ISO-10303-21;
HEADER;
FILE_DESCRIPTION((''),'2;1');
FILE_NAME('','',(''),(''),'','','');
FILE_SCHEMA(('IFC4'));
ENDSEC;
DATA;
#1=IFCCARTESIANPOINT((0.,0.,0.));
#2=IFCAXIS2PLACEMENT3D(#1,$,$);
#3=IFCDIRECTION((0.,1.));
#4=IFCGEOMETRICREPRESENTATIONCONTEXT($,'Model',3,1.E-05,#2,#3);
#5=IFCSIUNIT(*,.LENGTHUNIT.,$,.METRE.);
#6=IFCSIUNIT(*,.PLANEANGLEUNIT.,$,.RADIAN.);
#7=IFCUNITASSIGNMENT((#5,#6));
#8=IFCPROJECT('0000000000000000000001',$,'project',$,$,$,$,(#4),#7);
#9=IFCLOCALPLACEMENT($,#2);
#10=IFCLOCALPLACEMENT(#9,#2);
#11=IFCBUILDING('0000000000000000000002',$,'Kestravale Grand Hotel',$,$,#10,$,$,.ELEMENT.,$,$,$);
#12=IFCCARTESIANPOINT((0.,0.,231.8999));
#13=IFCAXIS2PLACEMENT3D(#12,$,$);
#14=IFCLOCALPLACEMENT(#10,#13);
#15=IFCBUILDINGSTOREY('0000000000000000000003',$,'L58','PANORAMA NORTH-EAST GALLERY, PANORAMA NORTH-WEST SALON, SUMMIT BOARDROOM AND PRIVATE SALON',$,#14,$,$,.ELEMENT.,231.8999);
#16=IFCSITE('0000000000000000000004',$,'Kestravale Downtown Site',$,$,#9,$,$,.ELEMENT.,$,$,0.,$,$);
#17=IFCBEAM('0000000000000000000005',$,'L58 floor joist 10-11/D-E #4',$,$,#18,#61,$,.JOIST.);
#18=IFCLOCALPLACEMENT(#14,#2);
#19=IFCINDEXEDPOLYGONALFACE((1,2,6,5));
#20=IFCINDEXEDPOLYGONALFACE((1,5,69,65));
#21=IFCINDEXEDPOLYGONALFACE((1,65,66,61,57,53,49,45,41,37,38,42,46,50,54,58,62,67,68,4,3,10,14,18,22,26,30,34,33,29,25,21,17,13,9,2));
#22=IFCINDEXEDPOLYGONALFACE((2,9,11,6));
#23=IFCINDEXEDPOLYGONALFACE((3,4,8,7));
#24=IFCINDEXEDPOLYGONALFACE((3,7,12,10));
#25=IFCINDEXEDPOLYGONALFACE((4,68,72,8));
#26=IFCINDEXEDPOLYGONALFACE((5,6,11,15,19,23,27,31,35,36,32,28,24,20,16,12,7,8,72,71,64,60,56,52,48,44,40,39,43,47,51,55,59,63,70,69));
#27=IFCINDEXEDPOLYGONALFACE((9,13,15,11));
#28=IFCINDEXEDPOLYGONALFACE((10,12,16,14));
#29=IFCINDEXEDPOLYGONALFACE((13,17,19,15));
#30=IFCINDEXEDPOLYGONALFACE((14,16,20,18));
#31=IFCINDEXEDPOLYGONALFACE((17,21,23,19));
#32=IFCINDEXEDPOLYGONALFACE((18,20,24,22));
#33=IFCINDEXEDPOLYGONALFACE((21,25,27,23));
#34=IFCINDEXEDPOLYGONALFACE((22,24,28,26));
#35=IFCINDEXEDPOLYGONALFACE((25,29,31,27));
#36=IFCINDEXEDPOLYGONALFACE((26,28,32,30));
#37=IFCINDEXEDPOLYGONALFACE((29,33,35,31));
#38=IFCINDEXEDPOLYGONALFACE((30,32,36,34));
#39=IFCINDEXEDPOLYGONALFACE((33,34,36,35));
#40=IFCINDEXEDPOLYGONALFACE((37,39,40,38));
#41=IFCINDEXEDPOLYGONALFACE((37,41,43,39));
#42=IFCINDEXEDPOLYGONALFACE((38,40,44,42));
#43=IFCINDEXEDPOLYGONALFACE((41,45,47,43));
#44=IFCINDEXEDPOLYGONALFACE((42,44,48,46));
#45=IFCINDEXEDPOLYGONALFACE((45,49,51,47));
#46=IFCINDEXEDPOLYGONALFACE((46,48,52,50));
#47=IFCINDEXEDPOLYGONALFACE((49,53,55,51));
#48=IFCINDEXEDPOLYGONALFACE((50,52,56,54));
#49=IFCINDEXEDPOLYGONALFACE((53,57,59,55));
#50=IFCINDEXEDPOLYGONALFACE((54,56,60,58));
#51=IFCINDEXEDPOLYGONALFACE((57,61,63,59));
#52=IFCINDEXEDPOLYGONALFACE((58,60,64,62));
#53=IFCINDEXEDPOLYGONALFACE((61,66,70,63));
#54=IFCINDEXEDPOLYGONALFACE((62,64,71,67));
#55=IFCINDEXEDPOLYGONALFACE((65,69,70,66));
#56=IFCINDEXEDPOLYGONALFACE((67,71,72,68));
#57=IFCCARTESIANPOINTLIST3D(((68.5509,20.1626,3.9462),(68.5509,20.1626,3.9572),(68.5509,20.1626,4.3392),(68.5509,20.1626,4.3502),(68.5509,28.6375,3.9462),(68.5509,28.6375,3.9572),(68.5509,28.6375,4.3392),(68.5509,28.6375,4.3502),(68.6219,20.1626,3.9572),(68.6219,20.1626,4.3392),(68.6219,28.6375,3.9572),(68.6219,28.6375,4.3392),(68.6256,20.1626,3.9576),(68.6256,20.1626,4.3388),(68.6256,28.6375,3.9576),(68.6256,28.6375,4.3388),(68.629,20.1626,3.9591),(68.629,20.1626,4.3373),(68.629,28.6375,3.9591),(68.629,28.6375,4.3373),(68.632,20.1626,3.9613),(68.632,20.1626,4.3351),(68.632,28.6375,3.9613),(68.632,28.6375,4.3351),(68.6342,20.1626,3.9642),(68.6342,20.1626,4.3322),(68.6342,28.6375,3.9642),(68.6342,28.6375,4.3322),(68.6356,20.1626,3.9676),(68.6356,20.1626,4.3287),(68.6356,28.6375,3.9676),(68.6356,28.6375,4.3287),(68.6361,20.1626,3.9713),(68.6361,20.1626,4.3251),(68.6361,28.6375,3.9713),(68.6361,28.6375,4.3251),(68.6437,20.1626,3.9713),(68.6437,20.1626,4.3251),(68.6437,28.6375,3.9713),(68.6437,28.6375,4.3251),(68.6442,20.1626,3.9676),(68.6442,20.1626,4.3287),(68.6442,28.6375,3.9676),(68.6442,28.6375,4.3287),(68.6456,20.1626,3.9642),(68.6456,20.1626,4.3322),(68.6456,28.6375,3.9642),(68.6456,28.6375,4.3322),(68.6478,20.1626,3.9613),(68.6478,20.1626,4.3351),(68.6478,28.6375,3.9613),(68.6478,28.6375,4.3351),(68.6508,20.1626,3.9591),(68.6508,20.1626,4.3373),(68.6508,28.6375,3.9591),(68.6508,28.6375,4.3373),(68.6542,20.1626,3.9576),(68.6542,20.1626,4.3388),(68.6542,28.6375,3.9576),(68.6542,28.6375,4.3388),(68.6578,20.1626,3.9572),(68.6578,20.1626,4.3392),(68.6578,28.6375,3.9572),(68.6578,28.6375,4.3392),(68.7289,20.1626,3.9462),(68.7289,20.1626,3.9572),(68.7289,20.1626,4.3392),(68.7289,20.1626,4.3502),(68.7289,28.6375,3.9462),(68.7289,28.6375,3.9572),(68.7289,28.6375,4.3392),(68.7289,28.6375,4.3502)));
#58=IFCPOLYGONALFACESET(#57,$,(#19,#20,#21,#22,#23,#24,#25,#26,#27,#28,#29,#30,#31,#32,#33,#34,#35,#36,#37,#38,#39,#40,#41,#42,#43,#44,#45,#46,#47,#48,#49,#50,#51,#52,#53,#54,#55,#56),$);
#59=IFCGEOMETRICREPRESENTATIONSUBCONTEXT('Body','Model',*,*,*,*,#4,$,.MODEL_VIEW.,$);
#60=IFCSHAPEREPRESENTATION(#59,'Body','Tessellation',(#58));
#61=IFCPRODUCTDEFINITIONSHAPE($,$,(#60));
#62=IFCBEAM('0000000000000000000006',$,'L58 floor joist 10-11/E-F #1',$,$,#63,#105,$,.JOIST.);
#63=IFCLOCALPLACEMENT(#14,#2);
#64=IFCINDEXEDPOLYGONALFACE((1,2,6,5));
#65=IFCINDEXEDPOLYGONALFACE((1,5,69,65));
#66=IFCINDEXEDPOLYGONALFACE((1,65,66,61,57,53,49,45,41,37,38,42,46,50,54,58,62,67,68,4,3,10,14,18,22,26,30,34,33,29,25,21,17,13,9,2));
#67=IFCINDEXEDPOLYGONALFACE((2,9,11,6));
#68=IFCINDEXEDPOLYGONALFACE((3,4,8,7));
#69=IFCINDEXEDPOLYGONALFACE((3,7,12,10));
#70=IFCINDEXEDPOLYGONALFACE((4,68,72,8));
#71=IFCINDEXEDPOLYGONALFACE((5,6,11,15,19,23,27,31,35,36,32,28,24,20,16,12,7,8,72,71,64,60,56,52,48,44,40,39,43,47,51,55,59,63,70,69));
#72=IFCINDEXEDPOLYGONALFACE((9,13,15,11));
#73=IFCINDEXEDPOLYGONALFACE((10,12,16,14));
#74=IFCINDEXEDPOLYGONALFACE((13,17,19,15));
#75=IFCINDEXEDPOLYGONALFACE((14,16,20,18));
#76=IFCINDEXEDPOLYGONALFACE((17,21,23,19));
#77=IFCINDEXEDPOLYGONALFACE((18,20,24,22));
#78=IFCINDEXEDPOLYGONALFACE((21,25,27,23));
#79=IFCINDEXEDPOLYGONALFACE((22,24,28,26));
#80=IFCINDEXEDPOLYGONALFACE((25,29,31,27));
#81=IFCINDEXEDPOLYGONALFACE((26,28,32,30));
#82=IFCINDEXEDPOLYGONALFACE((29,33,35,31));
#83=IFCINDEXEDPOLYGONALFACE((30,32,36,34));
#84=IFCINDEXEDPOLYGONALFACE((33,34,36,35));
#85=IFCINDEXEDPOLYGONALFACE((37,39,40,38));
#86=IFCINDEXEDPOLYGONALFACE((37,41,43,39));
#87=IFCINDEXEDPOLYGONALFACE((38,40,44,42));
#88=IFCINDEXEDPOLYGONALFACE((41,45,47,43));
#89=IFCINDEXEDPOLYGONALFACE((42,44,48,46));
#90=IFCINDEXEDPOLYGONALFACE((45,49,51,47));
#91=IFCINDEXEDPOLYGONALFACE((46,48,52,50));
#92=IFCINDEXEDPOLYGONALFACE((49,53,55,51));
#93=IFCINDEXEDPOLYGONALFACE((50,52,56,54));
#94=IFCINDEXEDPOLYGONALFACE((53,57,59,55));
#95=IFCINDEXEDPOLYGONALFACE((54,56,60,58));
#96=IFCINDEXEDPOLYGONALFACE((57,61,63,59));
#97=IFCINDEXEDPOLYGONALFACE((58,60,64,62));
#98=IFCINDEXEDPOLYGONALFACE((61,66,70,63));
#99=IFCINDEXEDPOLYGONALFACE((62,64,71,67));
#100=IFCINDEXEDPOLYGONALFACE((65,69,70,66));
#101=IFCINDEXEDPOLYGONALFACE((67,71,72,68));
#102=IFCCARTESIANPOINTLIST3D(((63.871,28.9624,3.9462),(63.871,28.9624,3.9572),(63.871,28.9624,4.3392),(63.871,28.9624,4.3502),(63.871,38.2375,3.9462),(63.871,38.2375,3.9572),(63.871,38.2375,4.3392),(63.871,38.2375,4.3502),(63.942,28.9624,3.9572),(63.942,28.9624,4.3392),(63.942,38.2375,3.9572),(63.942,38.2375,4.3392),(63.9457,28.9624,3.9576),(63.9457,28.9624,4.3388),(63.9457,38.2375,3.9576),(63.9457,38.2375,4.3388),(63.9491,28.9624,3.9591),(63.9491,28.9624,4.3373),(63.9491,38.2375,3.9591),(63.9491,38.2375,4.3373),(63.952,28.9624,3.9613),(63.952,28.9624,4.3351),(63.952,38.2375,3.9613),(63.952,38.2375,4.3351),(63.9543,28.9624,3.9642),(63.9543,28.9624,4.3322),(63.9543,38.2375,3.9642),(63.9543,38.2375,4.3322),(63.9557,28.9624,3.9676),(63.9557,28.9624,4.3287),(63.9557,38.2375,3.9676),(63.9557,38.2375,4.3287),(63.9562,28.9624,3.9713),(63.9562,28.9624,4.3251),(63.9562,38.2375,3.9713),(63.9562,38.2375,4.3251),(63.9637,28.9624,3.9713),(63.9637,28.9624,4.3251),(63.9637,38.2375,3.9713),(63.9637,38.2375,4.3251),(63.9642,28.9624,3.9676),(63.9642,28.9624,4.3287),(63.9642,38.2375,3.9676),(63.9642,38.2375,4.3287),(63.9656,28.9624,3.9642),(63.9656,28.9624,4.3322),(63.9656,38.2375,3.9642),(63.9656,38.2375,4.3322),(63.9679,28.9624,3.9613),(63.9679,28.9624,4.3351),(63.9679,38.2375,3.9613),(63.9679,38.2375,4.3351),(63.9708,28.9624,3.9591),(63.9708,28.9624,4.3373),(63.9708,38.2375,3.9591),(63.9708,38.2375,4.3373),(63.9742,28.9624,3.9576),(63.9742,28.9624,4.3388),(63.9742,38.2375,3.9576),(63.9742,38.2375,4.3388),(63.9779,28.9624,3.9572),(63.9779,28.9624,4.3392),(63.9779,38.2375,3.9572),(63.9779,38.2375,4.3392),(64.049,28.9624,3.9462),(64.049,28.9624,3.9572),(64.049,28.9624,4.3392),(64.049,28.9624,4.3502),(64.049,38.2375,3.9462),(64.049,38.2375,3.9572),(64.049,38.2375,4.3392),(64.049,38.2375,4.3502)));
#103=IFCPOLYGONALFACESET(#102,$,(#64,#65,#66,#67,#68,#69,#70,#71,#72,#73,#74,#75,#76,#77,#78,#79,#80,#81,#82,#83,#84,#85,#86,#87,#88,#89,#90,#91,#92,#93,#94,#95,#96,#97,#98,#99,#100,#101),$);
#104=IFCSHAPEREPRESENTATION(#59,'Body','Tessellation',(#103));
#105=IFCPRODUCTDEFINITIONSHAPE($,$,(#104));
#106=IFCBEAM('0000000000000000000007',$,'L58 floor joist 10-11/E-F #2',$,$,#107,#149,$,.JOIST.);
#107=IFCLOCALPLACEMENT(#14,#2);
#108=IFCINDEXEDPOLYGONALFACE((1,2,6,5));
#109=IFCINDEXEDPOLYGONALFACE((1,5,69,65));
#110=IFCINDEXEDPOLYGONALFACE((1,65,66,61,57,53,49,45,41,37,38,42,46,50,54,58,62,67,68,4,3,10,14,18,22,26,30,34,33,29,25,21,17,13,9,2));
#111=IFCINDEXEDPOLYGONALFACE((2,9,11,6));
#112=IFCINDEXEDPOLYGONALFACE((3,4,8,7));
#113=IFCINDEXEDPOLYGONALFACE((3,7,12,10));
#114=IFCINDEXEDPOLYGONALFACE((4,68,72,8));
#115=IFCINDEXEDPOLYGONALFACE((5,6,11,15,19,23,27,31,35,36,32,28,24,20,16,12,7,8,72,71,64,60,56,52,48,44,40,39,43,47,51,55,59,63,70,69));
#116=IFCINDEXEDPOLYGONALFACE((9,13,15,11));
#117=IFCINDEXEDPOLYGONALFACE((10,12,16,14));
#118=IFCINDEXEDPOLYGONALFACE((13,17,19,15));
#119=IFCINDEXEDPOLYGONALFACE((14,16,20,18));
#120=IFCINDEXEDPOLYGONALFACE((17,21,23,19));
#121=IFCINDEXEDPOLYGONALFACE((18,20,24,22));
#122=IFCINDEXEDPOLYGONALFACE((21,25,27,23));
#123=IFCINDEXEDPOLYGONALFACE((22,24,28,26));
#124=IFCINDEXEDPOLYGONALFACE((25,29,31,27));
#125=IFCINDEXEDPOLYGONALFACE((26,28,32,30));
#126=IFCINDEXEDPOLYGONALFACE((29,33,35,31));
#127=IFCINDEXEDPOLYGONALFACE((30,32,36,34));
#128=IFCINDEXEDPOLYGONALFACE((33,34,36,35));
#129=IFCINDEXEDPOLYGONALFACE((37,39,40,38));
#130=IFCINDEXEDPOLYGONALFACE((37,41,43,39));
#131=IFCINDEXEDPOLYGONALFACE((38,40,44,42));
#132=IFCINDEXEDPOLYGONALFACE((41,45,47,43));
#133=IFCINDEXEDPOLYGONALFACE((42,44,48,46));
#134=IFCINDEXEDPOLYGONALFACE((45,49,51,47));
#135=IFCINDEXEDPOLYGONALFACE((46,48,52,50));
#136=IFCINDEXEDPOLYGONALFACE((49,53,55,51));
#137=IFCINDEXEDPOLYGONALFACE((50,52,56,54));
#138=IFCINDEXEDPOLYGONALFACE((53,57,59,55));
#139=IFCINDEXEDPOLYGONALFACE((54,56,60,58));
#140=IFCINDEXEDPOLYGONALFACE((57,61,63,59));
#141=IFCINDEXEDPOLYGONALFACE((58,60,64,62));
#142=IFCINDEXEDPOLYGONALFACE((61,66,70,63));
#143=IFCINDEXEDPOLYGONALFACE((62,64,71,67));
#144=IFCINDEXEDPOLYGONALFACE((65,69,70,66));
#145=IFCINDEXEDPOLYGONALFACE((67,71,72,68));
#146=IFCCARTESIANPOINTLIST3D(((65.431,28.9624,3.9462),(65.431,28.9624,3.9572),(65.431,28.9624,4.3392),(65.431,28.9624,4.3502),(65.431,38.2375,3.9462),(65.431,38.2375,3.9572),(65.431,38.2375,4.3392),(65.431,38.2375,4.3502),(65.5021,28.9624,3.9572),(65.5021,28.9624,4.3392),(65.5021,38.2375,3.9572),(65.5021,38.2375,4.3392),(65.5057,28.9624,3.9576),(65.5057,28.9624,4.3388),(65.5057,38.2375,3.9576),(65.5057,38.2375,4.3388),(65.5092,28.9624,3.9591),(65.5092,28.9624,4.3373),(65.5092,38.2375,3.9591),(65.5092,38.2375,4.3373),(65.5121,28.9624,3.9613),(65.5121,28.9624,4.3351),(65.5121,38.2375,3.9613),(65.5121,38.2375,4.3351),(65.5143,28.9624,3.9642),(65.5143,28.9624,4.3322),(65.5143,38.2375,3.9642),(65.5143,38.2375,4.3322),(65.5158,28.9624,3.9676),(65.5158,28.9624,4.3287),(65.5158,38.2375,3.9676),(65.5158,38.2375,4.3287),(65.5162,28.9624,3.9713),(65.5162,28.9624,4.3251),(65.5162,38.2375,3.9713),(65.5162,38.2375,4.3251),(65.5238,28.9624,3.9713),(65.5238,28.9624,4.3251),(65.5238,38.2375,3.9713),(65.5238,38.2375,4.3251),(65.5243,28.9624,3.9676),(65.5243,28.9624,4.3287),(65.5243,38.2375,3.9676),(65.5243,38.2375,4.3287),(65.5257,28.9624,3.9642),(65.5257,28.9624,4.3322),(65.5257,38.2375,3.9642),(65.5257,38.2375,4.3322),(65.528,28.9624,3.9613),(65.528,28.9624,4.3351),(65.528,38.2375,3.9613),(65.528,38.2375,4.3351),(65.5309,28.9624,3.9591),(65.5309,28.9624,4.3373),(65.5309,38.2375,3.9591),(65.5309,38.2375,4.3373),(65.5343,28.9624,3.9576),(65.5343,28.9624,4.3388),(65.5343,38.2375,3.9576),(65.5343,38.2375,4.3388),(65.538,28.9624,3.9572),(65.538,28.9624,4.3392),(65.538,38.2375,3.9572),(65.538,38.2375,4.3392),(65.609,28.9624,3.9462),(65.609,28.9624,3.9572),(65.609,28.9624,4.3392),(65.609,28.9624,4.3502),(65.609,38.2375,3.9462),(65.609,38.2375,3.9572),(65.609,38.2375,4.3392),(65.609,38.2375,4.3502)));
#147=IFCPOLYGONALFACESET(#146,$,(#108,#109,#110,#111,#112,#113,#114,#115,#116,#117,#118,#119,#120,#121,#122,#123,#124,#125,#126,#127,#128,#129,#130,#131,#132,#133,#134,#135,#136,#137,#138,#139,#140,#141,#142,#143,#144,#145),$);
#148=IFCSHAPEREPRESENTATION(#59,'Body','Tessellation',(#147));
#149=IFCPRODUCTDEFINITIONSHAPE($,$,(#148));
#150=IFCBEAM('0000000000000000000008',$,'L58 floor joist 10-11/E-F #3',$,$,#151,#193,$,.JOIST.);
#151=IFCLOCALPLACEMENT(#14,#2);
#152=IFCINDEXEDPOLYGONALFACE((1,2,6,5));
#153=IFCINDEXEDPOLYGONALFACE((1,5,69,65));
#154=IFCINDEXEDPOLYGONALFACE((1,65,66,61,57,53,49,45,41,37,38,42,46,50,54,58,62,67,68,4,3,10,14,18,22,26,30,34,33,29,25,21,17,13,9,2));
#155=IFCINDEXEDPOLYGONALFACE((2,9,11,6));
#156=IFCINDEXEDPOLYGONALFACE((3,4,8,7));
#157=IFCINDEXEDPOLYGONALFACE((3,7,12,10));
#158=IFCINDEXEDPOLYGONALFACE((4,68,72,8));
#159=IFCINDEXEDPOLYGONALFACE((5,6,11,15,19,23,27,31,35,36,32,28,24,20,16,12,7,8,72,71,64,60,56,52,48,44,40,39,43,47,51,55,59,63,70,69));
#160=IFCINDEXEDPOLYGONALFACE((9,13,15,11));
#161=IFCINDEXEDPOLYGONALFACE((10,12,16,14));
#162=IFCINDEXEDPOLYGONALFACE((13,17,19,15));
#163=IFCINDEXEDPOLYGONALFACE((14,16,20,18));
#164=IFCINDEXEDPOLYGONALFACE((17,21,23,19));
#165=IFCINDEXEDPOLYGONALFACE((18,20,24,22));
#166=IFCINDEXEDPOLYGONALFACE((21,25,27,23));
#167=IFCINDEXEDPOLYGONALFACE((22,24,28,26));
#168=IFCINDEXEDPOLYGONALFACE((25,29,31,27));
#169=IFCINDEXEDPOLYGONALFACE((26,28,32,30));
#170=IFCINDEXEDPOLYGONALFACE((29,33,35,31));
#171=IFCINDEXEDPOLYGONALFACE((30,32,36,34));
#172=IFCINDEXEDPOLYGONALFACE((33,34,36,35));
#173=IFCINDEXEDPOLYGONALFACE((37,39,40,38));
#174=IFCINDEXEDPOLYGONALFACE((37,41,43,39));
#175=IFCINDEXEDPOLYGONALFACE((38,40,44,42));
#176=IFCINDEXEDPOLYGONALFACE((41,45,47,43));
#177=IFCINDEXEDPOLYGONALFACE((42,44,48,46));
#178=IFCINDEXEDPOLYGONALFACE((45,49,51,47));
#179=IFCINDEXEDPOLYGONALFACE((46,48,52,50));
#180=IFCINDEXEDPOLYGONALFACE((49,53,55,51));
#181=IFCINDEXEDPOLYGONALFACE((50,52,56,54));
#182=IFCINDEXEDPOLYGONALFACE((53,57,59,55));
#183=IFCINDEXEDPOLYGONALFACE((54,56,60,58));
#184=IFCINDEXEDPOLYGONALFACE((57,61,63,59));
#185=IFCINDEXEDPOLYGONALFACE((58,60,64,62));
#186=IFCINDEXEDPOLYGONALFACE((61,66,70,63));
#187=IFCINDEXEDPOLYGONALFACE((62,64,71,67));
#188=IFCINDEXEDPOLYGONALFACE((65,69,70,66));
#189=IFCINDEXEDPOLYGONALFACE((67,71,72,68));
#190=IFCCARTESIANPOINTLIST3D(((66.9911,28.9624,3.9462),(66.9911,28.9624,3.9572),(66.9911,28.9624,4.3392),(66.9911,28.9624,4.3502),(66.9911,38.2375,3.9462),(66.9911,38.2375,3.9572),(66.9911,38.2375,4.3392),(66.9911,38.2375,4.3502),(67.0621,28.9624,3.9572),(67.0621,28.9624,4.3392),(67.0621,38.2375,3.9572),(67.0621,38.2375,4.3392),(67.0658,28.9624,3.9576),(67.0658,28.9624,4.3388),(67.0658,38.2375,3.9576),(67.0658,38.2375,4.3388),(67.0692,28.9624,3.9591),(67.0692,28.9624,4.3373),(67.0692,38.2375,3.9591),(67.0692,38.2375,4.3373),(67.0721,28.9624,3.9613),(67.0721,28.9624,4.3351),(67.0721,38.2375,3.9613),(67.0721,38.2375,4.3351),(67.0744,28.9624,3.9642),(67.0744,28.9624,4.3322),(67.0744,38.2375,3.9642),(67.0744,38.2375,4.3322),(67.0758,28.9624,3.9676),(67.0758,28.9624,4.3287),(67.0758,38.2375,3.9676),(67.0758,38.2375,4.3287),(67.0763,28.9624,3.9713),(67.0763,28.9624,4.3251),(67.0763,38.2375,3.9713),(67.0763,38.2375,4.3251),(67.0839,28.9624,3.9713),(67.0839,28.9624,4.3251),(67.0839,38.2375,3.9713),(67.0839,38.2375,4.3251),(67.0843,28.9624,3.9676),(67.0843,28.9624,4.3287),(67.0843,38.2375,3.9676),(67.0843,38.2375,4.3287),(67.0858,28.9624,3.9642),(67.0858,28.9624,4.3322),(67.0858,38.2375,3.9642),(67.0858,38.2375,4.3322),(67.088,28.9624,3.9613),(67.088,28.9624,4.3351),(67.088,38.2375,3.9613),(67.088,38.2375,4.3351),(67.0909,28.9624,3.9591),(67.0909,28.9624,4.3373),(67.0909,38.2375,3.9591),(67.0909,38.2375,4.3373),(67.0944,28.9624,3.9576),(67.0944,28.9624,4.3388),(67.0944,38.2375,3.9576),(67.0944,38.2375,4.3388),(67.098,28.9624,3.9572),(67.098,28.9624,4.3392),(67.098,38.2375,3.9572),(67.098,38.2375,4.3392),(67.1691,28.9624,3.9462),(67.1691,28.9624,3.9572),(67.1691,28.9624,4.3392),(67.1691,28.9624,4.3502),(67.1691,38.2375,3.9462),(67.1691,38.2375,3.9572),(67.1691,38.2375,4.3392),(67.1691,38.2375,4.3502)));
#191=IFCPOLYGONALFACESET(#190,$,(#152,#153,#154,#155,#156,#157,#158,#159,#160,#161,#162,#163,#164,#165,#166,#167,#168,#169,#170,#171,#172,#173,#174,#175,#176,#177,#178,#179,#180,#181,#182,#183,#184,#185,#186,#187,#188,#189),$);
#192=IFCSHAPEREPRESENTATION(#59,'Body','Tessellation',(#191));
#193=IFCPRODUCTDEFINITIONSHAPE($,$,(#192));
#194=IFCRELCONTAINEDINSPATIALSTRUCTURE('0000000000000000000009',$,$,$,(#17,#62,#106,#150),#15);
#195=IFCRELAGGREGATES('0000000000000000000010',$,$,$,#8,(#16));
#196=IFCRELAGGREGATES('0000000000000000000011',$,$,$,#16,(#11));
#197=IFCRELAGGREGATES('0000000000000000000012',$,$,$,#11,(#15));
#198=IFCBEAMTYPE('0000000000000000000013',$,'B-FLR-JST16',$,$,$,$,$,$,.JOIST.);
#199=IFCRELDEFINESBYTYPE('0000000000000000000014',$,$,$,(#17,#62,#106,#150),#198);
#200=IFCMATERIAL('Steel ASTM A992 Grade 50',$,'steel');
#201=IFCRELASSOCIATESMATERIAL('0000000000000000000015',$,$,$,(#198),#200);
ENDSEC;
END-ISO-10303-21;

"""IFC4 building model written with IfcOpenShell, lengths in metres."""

from ifc_helpers import new_model, si_unit, direction, frame, origin, origin_2d, place, context, subcontext, project, spatial, i_section, extrude, material, material_profile, profile_set, type_object, element, save


model = new_model("IFC4")

# Units and contexts
model_context = context("Model", 3, precision=1e-05, world=origin(), true_north=direction((0.0, 1.0)))
body_context = subcontext(model_context, "Body", "Model", "MODEL_VIEW")
ifc_project = project(units=[si_unit("LENGTHUNIT", "METRE"), si_unit("PLANEANGLEUNIT", "RADIAN")], contexts=[model_context])

# Site, building, storey
site_placement = place(None, origin())
site = spatial("IfcSite", under=ifc_project, at=site_placement, Name="Kestravale Downtown Site", CompositionType="ELEMENT", RefElevation=0.0)
building_placement = place(site_placement, origin())
building = spatial("IfcBuilding", under=site, at=building_placement, Name="Kestravale Grand Hotel", CompositionType="ELEMENT")
storey_placement = place(building_placement, frame((0.0, 0.0, 231.8999)))
storey = spatial("IfcBuildingStorey", under=building, at=storey_placement, Name="L58", Description="PANORAMA NORTH-EAST GALLERY, PANORAMA NORTH-WEST SALON, SUMMIT BOARDROOM AND PRIVATE SALON", CompositionType="ELEMENT", Elevation=231.8999)

# Beams
ifc_material_1 = material(Name="Steel ASTM A992 Grade 50", Category="steel")
ifc_material_profile_1 = material_profile(ifc_material_1, i_section(OverallWidth=0.178, OverallDepth=0.4041, WebThickness=0.0076, FlangeThickness=0.011, FilletRadius=0.0142, at=origin_2d()))
ifc_profile_set_1 = profile_set([ifc_material_profile_1], Name="Steel ASTM A992 Grade 50")
beam_type_1 = type_object("IfcBeamType", Name="B-FLR-JST16", PredefinedType="JOIST", material=ifc_profile_set_1)
for number, where, z_axis, x_axis, name in (
    (1, (68.6399, 20.1626, 4.1482), (0.0, 1.0, 0.0), (-1.0, 0.0, 0.0), "L58 floor joist 10-11/D-E #4"),
):
    element("IfcBeam", number, at=place(storey_placement, frame(where, z_axis=z_axis, x_axis=x_axis)), inside=storey, type_object=beam_type_1, Name=name, PredefinedType="JOIST", context=body_context, shape_type="SweptSolid", body=[
        extrude(i_section(OverallWidth=0.178, OverallDepth=0.4041, WebThickness=0.0076, FlangeThickness=0.011, FilletRadius=0.0142, at=origin_2d()), origin(), (0.0, 0.0, 1.0), 8.4749),
    ])
for number, where, z_axis, x_axis, name in (
    (2, (63.96, 28.9624, 4.1482), (0.0, 1.0, 0.0), (-1.0, 0.0, 0.0), "L58 floor joist 10-11/E-F #1"),
    (3, (65.52, 28.9624, 4.1482), (0.0, 1.0, 0.0), (-1.0, 0.0, 0.0), "L58 floor joist 10-11/E-F #2"),
    (4, (67.0801, 28.9624, 4.1482), (0.0, 1.0, 0.0), (-1.0, 0.0, 0.0), "L58 floor joist 10-11/E-F #3"),
):
    element("IfcBeam", number, at=place(storey_placement, frame(where, z_axis=z_axis, x_axis=x_axis)), inside=storey, type_object=beam_type_1, Name=name, PredefinedType="JOIST", context=body_context, shape_type="SweptSolid", body=[
        extrude(i_section(OverallWidth=0.178, OverallDepth=0.4041, WebThickness=0.0076, FlangeThickness=0.011, FilletRadius=0.0142, at=origin_2d()), origin(), (0.0, 0.0, 1.0), 9.2751),
    ])

save(model, "model.ifc")
